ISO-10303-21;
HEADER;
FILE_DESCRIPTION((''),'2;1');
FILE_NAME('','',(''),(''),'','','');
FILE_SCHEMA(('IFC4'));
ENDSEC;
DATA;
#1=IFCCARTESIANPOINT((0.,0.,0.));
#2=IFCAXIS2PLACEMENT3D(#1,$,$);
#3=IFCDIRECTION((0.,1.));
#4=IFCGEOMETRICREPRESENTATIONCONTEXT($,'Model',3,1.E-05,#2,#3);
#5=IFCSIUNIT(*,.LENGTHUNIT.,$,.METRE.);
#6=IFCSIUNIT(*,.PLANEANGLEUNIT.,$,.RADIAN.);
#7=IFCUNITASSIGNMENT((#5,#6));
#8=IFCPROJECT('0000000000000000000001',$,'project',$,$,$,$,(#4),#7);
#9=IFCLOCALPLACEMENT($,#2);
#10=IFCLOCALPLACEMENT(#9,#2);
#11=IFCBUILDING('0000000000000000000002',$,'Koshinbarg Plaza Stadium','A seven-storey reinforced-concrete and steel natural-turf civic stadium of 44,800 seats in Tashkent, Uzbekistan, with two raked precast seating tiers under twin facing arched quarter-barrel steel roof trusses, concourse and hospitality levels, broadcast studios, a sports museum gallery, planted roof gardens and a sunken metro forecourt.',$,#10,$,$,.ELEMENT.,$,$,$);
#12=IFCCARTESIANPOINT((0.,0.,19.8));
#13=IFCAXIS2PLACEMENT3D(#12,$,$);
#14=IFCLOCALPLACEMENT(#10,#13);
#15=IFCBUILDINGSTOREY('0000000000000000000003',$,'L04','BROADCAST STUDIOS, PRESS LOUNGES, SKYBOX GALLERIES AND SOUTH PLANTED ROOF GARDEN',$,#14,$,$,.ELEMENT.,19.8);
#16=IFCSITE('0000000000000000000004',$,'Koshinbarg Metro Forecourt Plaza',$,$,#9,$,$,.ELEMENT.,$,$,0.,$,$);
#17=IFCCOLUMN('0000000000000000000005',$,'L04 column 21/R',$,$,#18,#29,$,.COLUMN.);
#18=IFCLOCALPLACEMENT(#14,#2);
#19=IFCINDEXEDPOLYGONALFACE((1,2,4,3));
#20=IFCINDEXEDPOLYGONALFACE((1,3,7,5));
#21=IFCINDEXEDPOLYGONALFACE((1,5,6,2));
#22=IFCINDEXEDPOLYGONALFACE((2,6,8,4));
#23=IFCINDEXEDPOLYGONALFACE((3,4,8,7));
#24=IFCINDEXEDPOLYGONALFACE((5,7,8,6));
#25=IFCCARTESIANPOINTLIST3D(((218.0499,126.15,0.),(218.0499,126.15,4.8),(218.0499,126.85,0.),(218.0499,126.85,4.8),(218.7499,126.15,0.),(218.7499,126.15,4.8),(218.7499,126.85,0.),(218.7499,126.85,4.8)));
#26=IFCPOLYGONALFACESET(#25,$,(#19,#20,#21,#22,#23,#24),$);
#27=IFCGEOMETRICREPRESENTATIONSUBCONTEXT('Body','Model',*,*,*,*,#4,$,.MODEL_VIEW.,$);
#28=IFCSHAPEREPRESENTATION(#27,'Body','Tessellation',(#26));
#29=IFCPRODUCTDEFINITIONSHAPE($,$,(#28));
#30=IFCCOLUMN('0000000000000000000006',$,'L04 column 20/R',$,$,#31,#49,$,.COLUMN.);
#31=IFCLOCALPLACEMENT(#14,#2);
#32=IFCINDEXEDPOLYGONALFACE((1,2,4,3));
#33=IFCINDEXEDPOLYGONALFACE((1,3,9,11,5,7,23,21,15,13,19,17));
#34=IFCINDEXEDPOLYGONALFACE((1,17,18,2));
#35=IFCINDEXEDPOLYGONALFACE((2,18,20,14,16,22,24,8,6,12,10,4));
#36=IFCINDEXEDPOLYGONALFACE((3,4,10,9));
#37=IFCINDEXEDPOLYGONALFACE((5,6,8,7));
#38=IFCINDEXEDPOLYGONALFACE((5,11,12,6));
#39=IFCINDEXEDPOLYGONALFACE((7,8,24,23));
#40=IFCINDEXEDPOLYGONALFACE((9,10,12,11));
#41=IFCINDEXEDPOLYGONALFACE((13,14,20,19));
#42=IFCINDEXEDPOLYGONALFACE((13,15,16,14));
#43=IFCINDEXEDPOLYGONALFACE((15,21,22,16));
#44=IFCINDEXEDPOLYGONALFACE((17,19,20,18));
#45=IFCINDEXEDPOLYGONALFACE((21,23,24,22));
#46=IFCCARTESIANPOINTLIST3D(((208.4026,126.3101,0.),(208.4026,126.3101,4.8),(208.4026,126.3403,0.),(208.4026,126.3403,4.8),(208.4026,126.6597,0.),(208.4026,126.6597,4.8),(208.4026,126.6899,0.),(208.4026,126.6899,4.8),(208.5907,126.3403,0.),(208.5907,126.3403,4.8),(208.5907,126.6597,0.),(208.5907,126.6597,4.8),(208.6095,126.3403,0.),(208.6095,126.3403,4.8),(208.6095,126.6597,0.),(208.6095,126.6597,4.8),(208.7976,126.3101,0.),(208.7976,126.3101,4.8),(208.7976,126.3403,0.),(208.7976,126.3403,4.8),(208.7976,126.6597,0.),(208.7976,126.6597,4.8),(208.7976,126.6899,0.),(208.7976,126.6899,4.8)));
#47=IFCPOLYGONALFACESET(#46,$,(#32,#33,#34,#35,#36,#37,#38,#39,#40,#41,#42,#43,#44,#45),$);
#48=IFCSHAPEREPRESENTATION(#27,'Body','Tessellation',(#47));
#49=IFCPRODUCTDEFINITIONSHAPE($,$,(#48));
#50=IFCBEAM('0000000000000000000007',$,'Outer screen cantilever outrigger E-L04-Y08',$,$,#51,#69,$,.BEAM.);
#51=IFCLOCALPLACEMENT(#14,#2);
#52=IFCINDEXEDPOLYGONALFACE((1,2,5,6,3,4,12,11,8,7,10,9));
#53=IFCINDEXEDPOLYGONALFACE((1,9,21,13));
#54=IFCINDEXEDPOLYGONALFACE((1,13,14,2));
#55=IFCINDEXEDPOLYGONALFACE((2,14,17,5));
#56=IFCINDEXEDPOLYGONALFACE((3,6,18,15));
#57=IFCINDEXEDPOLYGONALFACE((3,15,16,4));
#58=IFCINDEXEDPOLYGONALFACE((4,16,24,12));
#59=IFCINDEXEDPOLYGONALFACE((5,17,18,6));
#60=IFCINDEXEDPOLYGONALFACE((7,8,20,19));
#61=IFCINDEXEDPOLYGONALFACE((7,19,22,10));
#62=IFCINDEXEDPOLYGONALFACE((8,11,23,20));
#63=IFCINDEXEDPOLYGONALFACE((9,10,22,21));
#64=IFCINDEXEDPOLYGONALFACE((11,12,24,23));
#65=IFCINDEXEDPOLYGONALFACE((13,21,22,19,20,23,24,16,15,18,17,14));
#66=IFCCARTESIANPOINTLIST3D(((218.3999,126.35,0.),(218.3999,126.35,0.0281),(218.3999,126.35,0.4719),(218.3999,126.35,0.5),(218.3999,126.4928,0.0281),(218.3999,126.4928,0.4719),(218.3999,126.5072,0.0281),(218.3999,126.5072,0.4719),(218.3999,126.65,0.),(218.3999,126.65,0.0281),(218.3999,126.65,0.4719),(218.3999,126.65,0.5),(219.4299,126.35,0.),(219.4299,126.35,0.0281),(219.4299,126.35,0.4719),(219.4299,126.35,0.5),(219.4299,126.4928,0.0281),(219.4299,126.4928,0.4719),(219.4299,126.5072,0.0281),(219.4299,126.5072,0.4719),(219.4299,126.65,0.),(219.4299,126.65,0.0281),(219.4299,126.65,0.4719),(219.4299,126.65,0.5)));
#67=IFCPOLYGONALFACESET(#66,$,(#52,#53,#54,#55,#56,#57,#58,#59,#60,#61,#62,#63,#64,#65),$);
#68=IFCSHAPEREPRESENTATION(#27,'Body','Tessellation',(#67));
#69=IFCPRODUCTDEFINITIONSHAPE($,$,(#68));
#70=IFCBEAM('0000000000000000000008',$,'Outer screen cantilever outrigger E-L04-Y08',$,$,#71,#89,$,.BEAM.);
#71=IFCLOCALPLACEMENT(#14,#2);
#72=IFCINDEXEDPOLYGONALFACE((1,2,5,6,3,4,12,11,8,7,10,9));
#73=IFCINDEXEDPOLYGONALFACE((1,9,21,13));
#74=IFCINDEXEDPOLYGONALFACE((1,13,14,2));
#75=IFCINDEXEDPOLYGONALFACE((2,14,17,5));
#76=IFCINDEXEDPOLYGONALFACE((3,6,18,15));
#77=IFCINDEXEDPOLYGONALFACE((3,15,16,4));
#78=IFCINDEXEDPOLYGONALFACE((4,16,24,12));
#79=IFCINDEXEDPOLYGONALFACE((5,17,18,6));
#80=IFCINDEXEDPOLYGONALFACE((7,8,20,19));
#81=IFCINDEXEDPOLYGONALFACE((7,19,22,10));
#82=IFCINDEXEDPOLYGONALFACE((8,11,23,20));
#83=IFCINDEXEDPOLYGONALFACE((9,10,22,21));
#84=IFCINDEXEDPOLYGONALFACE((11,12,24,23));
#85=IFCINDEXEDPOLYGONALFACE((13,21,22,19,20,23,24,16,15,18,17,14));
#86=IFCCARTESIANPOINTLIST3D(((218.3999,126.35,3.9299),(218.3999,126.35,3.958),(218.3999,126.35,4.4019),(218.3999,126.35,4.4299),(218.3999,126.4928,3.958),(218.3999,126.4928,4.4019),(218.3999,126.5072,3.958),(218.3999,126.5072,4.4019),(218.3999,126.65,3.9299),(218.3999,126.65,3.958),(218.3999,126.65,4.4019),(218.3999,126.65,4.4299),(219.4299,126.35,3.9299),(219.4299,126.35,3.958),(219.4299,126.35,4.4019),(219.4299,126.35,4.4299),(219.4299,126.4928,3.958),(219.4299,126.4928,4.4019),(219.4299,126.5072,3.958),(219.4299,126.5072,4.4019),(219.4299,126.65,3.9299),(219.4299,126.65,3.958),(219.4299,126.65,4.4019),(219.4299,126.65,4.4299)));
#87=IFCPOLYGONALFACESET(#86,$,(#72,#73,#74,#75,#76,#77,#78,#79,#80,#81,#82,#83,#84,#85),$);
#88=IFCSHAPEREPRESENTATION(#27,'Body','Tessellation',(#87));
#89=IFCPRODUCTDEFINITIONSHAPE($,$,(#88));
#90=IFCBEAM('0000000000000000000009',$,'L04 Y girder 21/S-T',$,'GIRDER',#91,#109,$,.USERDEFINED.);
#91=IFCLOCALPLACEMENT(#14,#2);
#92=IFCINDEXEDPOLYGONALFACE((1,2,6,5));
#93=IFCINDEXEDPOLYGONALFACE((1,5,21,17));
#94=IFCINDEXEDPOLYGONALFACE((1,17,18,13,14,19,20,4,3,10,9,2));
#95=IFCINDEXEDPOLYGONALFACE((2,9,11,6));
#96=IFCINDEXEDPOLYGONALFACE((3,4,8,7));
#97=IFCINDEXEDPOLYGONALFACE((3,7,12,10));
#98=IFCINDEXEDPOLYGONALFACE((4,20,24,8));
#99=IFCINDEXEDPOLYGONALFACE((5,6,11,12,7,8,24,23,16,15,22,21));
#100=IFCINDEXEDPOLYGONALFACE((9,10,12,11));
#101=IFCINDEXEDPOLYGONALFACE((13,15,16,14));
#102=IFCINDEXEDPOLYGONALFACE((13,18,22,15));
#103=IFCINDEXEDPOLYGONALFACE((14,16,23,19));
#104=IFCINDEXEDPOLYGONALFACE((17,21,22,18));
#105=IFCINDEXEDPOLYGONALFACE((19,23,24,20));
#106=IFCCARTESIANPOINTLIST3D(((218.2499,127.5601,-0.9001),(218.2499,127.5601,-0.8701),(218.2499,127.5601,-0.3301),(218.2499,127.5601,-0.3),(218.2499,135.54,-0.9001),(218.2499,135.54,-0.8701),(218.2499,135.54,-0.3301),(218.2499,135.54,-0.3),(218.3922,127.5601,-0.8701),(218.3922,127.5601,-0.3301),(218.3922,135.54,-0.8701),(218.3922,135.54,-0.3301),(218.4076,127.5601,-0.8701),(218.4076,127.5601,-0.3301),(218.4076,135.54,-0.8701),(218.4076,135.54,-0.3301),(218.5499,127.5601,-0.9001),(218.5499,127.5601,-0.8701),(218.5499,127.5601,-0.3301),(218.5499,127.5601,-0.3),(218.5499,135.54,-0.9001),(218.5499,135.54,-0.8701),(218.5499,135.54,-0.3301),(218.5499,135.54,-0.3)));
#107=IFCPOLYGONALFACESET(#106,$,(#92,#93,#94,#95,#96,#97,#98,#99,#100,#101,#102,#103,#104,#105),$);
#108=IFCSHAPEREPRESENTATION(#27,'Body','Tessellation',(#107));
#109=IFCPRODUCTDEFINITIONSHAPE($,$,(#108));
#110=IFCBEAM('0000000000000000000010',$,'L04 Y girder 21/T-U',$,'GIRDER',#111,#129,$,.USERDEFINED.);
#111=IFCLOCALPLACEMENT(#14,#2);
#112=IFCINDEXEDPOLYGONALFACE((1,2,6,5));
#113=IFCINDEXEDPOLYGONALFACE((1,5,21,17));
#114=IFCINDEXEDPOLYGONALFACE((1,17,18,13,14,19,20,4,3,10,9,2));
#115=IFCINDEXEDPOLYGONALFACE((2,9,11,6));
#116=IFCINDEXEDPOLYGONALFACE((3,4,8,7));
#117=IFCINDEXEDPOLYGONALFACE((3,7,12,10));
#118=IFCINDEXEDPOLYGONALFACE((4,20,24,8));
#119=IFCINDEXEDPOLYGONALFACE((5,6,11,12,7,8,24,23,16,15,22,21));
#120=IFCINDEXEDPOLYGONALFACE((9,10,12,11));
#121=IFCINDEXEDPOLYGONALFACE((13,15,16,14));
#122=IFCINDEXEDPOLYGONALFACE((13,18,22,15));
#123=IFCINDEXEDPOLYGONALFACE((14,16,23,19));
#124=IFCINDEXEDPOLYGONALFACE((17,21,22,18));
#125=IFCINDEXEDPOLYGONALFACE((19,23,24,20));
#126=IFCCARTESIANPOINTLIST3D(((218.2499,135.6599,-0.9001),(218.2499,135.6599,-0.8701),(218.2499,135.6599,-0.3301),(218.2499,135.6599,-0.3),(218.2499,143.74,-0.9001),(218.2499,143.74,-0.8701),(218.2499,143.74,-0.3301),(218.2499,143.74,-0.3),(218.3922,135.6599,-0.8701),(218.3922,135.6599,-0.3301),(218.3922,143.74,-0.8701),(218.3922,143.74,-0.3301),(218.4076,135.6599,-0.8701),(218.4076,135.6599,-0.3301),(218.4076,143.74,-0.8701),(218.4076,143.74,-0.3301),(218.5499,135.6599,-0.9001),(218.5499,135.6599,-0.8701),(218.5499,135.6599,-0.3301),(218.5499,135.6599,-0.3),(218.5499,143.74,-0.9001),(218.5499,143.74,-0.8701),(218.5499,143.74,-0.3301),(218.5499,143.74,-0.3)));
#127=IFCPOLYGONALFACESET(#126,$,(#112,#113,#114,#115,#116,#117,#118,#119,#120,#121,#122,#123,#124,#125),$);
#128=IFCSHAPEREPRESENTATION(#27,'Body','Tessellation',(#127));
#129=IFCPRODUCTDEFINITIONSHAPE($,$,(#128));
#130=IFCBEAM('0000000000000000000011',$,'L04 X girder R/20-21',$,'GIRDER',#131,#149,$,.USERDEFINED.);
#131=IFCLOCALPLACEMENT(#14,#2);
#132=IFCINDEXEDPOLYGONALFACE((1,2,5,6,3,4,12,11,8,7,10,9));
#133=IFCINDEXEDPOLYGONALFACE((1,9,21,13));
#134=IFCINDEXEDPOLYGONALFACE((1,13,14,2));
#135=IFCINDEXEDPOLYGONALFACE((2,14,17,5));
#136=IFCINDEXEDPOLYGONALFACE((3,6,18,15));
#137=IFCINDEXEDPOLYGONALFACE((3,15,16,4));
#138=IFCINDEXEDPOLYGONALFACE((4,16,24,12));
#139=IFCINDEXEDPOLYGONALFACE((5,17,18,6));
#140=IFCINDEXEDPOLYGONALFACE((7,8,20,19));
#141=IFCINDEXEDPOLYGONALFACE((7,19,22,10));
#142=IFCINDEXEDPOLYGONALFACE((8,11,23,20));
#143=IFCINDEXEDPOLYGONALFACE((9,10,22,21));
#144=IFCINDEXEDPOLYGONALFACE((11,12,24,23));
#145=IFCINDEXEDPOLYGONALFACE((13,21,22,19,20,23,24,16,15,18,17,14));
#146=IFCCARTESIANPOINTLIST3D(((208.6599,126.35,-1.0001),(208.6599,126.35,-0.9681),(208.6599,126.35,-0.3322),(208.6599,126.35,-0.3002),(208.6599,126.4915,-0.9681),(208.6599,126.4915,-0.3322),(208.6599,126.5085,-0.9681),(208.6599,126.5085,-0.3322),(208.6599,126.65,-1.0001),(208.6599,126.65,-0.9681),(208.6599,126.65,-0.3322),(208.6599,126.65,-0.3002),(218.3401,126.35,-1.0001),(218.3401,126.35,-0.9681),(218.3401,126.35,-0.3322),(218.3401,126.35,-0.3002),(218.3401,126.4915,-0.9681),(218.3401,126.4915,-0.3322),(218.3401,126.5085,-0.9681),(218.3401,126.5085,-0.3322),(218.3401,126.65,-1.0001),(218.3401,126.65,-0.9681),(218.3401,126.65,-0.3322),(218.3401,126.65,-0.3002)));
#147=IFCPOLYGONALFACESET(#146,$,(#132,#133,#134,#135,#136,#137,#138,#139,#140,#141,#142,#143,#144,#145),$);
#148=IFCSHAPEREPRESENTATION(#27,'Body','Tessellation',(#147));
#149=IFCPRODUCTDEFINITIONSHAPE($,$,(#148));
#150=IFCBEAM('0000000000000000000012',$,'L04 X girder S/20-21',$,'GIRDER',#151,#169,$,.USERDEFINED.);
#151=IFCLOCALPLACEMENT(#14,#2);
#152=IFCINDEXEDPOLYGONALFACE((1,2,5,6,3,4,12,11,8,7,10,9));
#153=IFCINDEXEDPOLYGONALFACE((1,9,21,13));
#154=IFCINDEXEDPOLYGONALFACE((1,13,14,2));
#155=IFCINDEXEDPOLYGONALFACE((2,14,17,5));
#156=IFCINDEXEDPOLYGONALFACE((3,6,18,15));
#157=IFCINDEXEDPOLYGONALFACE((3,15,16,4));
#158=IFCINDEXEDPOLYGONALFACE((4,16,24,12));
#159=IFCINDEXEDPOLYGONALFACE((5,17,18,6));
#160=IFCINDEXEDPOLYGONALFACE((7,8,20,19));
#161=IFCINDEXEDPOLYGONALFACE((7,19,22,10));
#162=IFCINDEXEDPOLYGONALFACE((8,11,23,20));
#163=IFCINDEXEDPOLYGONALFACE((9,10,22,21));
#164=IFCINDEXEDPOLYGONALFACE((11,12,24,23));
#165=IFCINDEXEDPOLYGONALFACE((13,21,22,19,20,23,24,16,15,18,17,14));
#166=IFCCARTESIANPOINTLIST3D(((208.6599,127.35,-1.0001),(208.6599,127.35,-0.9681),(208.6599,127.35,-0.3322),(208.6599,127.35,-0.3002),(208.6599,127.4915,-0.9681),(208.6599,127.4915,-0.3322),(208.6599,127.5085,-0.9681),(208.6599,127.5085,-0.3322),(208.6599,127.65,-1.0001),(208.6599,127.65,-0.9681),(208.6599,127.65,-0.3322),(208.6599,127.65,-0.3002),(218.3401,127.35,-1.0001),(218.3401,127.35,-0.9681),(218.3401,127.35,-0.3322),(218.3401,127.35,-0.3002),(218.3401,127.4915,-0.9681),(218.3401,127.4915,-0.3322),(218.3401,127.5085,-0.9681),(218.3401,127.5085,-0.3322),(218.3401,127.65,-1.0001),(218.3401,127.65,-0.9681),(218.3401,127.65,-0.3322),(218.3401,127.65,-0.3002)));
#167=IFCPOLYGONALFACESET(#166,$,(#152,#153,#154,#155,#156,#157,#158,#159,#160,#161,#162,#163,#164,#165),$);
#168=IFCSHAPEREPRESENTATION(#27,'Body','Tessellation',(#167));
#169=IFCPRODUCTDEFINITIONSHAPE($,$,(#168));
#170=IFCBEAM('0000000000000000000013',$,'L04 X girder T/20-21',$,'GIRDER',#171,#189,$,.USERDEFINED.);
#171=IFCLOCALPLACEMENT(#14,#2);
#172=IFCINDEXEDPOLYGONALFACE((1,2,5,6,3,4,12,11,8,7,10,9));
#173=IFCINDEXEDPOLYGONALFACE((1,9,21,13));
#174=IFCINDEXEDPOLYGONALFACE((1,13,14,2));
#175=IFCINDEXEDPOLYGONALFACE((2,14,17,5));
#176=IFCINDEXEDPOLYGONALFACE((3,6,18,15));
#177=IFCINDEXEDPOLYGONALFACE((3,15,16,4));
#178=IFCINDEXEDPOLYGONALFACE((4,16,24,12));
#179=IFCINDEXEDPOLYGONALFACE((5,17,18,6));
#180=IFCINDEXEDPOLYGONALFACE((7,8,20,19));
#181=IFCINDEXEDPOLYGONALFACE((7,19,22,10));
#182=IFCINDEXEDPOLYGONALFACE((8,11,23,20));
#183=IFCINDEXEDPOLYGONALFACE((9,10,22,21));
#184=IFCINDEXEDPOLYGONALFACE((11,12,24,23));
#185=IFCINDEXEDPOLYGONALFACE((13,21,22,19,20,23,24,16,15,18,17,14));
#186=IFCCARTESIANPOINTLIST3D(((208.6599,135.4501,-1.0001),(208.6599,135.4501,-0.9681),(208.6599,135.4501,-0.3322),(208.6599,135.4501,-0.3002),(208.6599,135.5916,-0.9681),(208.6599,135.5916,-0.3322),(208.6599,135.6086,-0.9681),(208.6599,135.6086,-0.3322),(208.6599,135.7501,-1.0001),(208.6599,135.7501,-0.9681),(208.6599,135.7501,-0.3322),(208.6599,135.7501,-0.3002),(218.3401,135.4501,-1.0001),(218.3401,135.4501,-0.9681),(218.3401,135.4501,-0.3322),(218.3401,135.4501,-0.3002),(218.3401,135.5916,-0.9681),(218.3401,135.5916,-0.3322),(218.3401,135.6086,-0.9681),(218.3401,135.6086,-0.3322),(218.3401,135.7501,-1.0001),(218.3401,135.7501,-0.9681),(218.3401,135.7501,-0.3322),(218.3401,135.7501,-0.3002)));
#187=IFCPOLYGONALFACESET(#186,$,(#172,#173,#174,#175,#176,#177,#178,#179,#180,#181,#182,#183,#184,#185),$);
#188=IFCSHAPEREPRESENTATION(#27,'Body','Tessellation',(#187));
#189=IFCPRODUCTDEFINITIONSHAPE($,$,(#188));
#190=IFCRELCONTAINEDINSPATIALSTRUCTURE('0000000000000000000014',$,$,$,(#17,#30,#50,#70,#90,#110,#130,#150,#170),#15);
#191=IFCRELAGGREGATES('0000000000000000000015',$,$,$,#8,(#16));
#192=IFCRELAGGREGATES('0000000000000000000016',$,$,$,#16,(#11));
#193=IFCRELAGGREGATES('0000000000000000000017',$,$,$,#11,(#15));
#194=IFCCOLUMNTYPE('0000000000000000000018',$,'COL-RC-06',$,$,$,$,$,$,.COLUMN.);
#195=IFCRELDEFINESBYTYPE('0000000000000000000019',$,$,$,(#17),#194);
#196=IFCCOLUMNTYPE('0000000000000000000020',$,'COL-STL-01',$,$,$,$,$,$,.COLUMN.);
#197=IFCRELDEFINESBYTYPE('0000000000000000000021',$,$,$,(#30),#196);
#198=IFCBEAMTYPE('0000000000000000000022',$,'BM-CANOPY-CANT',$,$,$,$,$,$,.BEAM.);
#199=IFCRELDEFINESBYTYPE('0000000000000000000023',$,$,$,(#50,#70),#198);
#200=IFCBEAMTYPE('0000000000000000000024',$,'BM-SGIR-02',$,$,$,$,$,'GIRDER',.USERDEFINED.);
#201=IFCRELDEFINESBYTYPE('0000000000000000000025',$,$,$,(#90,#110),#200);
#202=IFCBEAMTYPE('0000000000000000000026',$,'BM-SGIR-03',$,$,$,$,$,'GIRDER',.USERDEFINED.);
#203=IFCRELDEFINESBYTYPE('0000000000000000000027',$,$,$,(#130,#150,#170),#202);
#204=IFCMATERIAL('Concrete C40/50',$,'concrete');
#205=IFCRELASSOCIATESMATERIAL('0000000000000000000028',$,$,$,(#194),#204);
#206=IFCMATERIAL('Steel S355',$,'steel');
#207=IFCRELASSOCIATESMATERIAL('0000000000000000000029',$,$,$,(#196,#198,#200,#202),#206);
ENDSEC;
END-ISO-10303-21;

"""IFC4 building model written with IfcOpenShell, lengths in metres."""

from ifc_helpers import new_model, si_unit, direction, frame, origin, origin_2d, place, context, subcontext, project, spatial, rectangle, i_section, extrude, material, material_profile, profile_set, type_object, element, save


model = new_model("IFC4")

# Units and contexts
model_context = context("Model", 3, precision=1e-05, world=origin(), true_north=direction((0.0, 1.0)))
body_context = subcontext(model_context, "Body", "Model", "MODEL_VIEW")
ifc_project = project(units=[si_unit("LENGTHUNIT", "METRE"), si_unit("PLANEANGLEUNIT", "RADIAN")], contexts=[model_context])

# Site, building, storey
site_placement = place(None, origin())
site = spatial("IfcSite", under=ifc_project, at=site_placement, Name="Koshinbarg Metro Forecourt Plaza", CompositionType="ELEMENT", RefElevation=0.0)
building_placement = place(site_placement, origin())
building = spatial("IfcBuilding", under=site, at=building_placement, Name="Koshinbarg Plaza Stadium", Description="A seven-storey reinforced-concrete and steel natural-turf civic stadium of 44,800 seats in Tashkent, Uzbekistan, with two raked precast seating tiers under twin facing arched quarter-barrel steel roof trusses, concourse and hospitality levels, broadcast studios, a sports museum gallery, planted roof gardens and a sunken metro forecourt.", CompositionType="ELEMENT")
storey_placement = place(building_placement, frame((0.0, 0.0, 19.8)))
storey = spatial("IfcBuildingStorey", under=building, at=storey_placement, Name="L04", Description="BROADCAST STUDIOS, PRESS LOUNGES, SKYBOX GALLERIES AND SOUTH PLANTED ROOF GARDEN", CompositionType="ELEMENT", Elevation=19.8)

# Columns
ifc_material_1 = material(Name="Concrete C40/50", Category="concrete")
ifc_material_profile_1 = material_profile(ifc_material_1, rectangle(XDim=0.7, YDim=0.7, at=origin_2d()), Name="RC 700x700")
ifc_profile_set_1 = profile_set([ifc_material_profile_1], Name="Concrete C40/50")
column_type_1 = type_object("IfcColumnType", Name="COL-RC-06", PredefinedType="COLUMN", material=ifc_profile_set_1)
column_1_placement = place(storey_placement, frame((218.3999, 126.5, 0.0), z_axis=(0.0, 0.0, 1.0), x_axis=(1.0, 0.0, 0.0)))
element("IfcColumn", 1, at=column_1_placement, inside=storey, type_object=column_type_1, Name="L04 column 21/R", PredefinedType="COLUMN", context=body_context, shape_type="SweptSolid", body=[
    extrude(rectangle(XDim=0.7, YDim=0.7, at=origin_2d()), origin(), (0.0, 0.0, 1.0), 4.8),
])
ifc_material_2 = material(Name="Steel S355", Category="steel")
ifc_material_profile_2 = material_profile(ifc_material_2, i_section(OverallWidth=0.395, OverallDepth=0.3799, WebThickness=0.0188, FlangeThickness=0.0303, at=origin_2d()), Name="HD 400x237")
ifc_profile_set_2 = profile_set([ifc_material_profile_2], Name="Steel S355")
column_type_2 = type_object("IfcColumnType", Name="COL-STL-01", PredefinedType="COLUMN", material=ifc_profile_set_2)
column_2_placement = place(storey_placement, frame((208.6001, 126.5, 0.0), z_axis=(0.0, 0.0, 1.0), x_axis=(1.0, 0.0, 0.0)))
element("IfcColumn", 2, at=column_2_placement, inside=storey, type_object=column_type_2, Name="L04 column 20/R", PredefinedType="COLUMN", context=body_context, shape_type="SweptSolid", body=[
    extrude(i_section(OverallWidth=0.395, OverallDepth=0.3799, WebThickness=0.0188, FlangeThickness=0.0303, at=origin_2d()), origin(), (0.0, 0.0, 1.0), 4.8),
])

# Beams
ifc_material_profile_3 = material_profile(ifc_material_2, i_section(OverallWidth=0.3, OverallDepth=0.5, WebThickness=0.0144, FlangeThickness=0.0281, at=origin_2d()), Name="HEB 500")
ifc_profile_set_3 = profile_set([ifc_material_profile_3], Name="Steel S355")
beam_type_1 = type_object("IfcBeamType", Name="BM-CANOPY-CANT", PredefinedType="BEAM", material=ifc_profile_set_3)
for number, where, z_axis, x_axis, name in (
    (3, (218.3999, 126.5, 0.25), (1.0, 0.0, 0.0), (0.0, 1.0, 0.0), "Outer screen cantilever outrigger E-L04-Y08"),
    (4, (218.3999, 126.5, 4.1799), (1.0, 0.0, 0.0), (0.0, 1.0, 0.0), "Outer screen cantilever outrigger E-L04-Y08"),
):
    element("IfcBeam", number, at=place(storey_placement, frame(where, z_axis=z_axis, x_axis=x_axis)), inside=storey, type_object=beam_type_1, Name=name, PredefinedType="BEAM", context=body_context, shape_type="SweptSolid", body=[
        extrude(i_section(OverallWidth=0.3, OverallDepth=0.5, WebThickness=0.0144, FlangeThickness=0.0281, at=origin_2d()), origin(), (0.0, 0.0, 1.0), 1.03),
    ])
ifc_material_profile_4 = material_profile(ifc_material_2, i_section(OverallWidth=0.3, OverallDepth=0.6001, WebThickness=0.0154, FlangeThickness=0.03, at=origin_2d()), Name="HEB 600")
ifc_profile_set_4 = profile_set([ifc_material_profile_4], Name="Steel S355")
beam_type_2 = type_object("IfcBeamType", Name="BM-SGIR-02", ElementType="GIRDER", PredefinedType="USERDEFINED", material=ifc_profile_set_4)
beam_1_placement = place(storey_placement, frame((218.3999, 127.5601, -0.6001), z_axis=(0.0, 1.0, 0.0), x_axis=(-1.0, 0.0, 0.0)))
element("IfcBeam", 5, at=beam_1_placement, inside=storey, type_object=beam_type_2, Name="L04 Y girder 21/S-T", ObjectType="GIRDER", PredefinedType="USERDEFINED", context=body_context, shape_type="SweptSolid", body=[
    extrude(i_section(OverallWidth=0.3, OverallDepth=0.6001, WebThickness=0.0154, FlangeThickness=0.03, at=origin_2d()), origin(), (0.0, 0.0, 1.0), 7.98),
])
beam_2_placement = place(storey_placement, frame((218.3999, 135.6599, -0.6001), z_axis=(0.0, 1.0, 0.0), x_axis=(-1.0, 0.0, 0.0)))
element("IfcBeam", 6, at=beam_2_placement, inside=storey, type_object=beam_type_2, Name="L04 Y girder 21/T-U", ObjectType="GIRDER", PredefinedType="USERDEFINED", context=body_context, shape_type="SweptSolid", body=[
    extrude(i_section(OverallWidth=0.3, OverallDepth=0.6001, WebThickness=0.0154, FlangeThickness=0.03, at=origin_2d()), origin(), (0.0, 0.0, 1.0), 8.0801),
])
ifc_material_profile_5 = material_profile(ifc_material_2, i_section(OverallWidth=0.3, OverallDepth=0.7, WebThickness=0.0171, FlangeThickness=0.032, at=origin_2d()), Name="HEB 700")
ifc_profile_set_5 = profile_set([ifc_material_profile_5], Name="Steel S355")
beam_type_3 = type_object("IfcBeamType", Name="BM-SGIR-03", ElementType="GIRDER", PredefinedType="USERDEFINED", material=ifc_profile_set_5)
for number, where, z_axis, x_axis, name in (
    (7, (208.6599, 126.5, -0.6501), (1.0, 0.0, 0.0), (0.0, 1.0, 0.0), "L04 X girder R/20-21"),
    (8, (208.6599, 127.5, -0.6501), (1.0, 0.0, 0.0), (0.0, 1.0, 0.0), "L04 X girder S/20-21"),
    (9, (208.6599, 135.6001, -0.6501), (1.0, 0.0, 0.0), (0.0, 1.0, 0.0), "L04 X girder T/20-21"),
):
    element("IfcBeam", number, at=place(storey_placement, frame(where, z_axis=z_axis, x_axis=x_axis)), inside=storey, type_object=beam_type_3, Name=name, ObjectType="GIRDER", PredefinedType="USERDEFINED", context=body_context, shape_type="SweptSolid", body=[
        extrude(i_section(OverallWidth=0.3, OverallDepth=0.7, WebThickness=0.0171, FlangeThickness=0.032, at=origin_2d()), origin(), (0.0, 0.0, 1.0), 9.6802),
    ])

save(model, "model.ifc")
